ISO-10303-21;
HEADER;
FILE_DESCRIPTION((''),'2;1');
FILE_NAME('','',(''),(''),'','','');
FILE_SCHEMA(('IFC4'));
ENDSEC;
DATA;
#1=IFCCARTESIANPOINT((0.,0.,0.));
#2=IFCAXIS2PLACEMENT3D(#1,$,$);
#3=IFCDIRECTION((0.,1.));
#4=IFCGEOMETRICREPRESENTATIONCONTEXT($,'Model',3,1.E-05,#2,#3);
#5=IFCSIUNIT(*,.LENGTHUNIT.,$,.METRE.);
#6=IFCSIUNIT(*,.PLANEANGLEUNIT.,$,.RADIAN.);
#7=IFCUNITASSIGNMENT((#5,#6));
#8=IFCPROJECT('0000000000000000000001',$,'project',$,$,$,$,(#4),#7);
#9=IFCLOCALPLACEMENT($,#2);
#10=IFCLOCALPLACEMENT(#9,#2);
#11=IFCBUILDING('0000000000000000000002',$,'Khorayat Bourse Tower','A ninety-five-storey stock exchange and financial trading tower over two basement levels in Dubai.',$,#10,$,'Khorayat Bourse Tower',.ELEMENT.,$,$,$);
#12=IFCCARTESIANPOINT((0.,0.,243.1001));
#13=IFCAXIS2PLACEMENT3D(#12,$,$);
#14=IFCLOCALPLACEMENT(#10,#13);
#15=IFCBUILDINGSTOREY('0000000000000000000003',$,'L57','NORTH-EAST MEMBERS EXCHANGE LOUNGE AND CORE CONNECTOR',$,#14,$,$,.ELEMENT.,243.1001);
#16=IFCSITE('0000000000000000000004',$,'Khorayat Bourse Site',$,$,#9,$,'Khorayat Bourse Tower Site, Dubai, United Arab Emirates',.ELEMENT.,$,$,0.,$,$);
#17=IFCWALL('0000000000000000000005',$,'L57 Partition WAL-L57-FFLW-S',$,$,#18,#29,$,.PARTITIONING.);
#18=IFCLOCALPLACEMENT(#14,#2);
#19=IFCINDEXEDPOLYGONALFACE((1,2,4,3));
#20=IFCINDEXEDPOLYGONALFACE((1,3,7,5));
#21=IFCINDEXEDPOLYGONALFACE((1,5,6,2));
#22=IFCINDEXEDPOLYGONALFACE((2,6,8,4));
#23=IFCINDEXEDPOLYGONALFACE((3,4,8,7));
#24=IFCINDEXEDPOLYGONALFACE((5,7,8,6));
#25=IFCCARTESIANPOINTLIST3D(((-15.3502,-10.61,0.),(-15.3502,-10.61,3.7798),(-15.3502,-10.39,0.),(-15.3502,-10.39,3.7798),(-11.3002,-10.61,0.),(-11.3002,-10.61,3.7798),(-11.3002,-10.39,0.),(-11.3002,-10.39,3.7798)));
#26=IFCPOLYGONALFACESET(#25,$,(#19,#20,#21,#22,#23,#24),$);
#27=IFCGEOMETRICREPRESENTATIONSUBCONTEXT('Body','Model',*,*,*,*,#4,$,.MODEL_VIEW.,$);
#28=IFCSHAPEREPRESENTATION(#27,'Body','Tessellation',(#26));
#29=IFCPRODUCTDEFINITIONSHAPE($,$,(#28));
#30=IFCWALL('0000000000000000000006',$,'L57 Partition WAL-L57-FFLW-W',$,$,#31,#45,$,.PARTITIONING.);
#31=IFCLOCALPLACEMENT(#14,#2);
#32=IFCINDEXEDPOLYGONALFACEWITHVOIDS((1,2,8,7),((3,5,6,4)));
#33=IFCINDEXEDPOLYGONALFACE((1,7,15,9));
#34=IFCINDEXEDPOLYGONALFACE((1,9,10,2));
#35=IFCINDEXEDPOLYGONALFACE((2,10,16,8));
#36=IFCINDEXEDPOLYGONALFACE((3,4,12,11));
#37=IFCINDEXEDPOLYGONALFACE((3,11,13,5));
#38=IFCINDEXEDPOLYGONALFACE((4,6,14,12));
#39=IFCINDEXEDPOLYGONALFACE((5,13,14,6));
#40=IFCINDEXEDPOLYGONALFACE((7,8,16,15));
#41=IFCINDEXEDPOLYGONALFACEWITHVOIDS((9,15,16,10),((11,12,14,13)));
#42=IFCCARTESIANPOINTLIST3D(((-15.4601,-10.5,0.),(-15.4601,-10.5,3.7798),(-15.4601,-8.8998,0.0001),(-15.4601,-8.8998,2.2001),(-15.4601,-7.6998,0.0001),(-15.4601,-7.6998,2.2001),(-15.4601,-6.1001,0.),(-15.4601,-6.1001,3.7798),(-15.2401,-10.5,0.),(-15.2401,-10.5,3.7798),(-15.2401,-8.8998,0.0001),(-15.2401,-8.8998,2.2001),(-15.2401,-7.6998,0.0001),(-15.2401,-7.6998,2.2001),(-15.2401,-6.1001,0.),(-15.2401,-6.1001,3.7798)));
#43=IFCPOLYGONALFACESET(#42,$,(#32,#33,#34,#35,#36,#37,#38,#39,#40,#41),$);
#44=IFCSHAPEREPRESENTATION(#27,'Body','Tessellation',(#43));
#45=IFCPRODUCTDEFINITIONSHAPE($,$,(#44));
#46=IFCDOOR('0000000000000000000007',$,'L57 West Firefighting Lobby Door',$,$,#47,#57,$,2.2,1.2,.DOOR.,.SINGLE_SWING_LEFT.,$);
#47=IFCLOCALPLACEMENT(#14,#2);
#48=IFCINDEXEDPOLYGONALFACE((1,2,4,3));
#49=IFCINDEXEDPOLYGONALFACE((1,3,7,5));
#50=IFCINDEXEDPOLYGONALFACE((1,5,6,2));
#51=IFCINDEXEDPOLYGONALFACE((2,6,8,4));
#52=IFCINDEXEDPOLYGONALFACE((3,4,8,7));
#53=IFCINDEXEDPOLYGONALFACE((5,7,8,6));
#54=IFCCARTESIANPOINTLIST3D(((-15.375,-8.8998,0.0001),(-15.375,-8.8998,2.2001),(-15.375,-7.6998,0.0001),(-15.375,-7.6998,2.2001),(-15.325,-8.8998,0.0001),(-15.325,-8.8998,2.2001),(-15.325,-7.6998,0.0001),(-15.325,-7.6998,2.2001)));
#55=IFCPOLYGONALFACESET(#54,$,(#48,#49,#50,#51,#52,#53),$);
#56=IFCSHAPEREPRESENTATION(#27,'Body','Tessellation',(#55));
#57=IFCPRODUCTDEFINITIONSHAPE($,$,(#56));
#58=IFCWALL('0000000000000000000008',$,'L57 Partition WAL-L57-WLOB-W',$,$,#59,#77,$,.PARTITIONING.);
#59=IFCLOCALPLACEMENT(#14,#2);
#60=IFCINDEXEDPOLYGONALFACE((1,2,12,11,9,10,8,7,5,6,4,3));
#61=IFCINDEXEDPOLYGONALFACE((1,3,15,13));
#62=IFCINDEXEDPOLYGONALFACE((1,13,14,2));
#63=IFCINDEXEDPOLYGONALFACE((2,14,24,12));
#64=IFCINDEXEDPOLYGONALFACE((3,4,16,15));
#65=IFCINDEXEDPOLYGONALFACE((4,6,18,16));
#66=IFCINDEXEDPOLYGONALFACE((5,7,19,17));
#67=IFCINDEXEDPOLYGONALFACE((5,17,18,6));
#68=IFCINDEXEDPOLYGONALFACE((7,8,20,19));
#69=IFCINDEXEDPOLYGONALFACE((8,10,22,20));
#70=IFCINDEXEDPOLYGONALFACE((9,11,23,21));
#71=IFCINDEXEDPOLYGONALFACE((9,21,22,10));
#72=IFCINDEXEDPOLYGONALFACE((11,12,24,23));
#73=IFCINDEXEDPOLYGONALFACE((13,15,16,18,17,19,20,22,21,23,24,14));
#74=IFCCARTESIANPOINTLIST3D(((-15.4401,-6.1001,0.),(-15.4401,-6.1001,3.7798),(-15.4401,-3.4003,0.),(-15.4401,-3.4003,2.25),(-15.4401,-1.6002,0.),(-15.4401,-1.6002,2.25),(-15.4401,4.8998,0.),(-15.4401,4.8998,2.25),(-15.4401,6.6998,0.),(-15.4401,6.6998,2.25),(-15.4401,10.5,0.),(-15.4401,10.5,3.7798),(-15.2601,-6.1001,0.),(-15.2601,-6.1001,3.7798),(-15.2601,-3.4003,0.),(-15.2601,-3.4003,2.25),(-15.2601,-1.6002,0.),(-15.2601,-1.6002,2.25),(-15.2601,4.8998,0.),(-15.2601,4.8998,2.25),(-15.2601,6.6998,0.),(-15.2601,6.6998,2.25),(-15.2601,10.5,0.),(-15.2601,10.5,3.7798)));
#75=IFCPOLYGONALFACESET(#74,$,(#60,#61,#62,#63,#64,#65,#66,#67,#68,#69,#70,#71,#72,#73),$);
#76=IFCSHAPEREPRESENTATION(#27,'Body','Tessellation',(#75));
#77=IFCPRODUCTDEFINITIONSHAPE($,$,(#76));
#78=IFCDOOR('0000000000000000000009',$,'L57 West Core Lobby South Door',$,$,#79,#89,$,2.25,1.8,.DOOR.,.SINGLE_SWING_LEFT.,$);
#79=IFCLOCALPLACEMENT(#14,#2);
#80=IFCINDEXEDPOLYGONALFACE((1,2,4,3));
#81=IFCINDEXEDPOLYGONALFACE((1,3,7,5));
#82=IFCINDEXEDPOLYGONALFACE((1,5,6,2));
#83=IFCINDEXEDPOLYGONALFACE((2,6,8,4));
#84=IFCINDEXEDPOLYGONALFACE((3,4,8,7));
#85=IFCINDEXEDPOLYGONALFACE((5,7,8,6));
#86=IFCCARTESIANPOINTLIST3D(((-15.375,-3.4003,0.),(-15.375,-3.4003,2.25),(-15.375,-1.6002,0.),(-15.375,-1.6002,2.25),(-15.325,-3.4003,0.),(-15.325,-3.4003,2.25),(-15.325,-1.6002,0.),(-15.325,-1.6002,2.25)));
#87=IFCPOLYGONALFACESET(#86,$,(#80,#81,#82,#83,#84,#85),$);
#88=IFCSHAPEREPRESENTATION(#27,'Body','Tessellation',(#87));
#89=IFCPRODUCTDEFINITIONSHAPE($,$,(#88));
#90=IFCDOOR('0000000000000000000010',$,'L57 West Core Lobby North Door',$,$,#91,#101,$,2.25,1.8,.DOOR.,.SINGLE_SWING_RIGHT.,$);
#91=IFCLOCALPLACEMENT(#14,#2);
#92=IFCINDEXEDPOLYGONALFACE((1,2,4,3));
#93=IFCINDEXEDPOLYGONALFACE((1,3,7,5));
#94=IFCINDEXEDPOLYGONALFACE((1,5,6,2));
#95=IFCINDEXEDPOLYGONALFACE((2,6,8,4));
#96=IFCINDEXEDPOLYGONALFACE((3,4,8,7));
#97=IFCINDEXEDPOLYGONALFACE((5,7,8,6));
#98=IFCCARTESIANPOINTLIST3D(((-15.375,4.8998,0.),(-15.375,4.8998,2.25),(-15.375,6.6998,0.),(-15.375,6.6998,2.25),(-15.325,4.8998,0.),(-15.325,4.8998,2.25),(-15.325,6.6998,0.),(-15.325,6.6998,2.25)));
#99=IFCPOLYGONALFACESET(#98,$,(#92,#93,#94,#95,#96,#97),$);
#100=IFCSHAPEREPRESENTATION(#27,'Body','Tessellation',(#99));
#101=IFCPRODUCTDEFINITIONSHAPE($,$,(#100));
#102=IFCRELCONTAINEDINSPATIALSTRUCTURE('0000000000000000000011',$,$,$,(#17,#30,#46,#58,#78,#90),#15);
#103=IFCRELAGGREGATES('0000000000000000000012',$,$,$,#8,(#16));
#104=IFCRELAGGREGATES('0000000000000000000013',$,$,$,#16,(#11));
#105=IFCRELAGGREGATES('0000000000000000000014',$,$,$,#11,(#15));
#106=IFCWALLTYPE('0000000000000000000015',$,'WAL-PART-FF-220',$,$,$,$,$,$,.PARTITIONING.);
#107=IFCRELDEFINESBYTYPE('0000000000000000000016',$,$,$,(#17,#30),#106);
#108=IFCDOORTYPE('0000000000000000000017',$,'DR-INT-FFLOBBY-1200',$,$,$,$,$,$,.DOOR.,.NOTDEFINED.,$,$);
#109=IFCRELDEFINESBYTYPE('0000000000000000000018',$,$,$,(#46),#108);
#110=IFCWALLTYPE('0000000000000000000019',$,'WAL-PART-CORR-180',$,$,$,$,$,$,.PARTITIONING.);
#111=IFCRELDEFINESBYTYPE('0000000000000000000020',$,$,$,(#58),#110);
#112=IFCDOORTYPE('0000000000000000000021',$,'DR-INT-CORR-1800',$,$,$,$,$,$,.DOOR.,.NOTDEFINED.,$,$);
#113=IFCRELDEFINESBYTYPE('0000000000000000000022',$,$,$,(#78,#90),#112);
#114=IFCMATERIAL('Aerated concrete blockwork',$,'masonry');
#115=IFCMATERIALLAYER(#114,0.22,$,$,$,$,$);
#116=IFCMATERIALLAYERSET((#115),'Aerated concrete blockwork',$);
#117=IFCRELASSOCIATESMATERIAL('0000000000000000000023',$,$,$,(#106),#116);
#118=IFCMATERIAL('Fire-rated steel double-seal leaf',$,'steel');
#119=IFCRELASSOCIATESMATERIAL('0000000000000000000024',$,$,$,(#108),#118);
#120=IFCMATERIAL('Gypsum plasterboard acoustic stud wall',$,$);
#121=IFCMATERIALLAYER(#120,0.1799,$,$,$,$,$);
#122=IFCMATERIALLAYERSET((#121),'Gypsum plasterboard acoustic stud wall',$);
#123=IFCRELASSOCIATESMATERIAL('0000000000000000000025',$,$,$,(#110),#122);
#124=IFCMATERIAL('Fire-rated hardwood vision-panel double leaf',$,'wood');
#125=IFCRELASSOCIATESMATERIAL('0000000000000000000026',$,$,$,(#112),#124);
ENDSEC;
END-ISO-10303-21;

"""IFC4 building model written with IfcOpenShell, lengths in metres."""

from ifc_helpers import new_model, si_unit, direction, frame, frame_2d, origin, place, context, subcontext, project, spatial, rectangle, extrude, source, transform, mapped, material, layer, layer_set, type_object, element, fill, save


model = new_model("IFC4")

# Units and contexts
model_context = context("Model", 3, precision=1e-05, world=origin(), true_north=direction((0.0, 1.0)))
body_context = subcontext(model_context, "Body", "Model", "MODEL_VIEW")
ifc_project = project(units=[si_unit("LENGTHUNIT", "METRE"), si_unit("PLANEANGLEUNIT", "RADIAN")], contexts=[model_context])

# Site, building, storey
site_placement = place(None, origin())
site = spatial("IfcSite", under=ifc_project, at=site_placement, Name="Khorayat Bourse Site", LongName="Khorayat Bourse Tower Site, Dubai, United Arab Emirates", CompositionType="ELEMENT", RefElevation=0.0)
building_placement = place(site_placement, origin())
building = spatial("IfcBuilding", under=site, at=building_placement, Name="Khorayat Bourse Tower", Description="A ninety-five-storey stock exchange and financial trading tower over two basement levels in Dubai.", LongName="Khorayat Bourse Tower", CompositionType="ELEMENT")
storey_placement = place(building_placement, frame((0.0, 0.0, 243.1001)))
storey = spatial("IfcBuildingStorey", under=building, at=storey_placement, Name="L57", Description="NORTH-EAST MEMBERS EXCHANGE LOUNGE AND CORE CONNECTOR", CompositionType="ELEMENT", Elevation=243.1001)

# Wall
ifc_material_1 = material(Name="Aerated concrete blockwork", Category="masonry")
ifc_layer_1 = layer(ifc_material_1, 0.22)
ifc_layer_set_1 = layer_set([ifc_layer_1], Name="Aerated concrete blockwork")
wall_type_1 = type_object("IfcWallType", Name="WAL-PART-FF-220", PredefinedType="PARTITIONING", material=ifc_layer_set_1)
shared_shape_1 = source(origin(), body_context, "Body", "SweptSolid", [
    extrude(rectangle(XDim=4.05, YDim=0.22, at=frame_2d((2.0249, 0.0))), origin(), (0.0, 0.0, 1.0), 3.7798),
])
wall_1_placement = place(storey_placement, frame((-15.3501, -10.5, 0.0), z_axis=(0.0, 0.0, 1.0), x_axis=(1.0, 0.0, 0.0)))
element("IfcWall", 1, at=wall_1_placement, inside=storey, type_object=wall_type_1, Name="L57 Partition WAL-L57-FFLW-S", PredefinedType="PARTITIONING", context=body_context, shape_type="MappedRepresentation", body=[
    mapped(shared_shape_1, transform((0.0, 0.0, 0.0), scale=1.0)),
])

# Wall, opening, door
shared_shape_2 = source(origin(), body_context, "Body", "SweptSolid", [
    extrude(rectangle(XDim=4.3999, YDim=0.22, at=frame_2d((2.2, 0.0))), origin(), (0.0, 0.0, 1.0), 3.7798),
])
wall_2_placement = place(storey_placement, frame((-15.3501, -10.5, 0.0), z_axis=(0.0, 0.0, 1.0), x_axis=(0.0, 1.0, 0.0)))
wall_2 = element("IfcWall", 2, at=wall_2_placement, inside=storey, type_object=wall_type_1, Name="L57 Partition WAL-L57-FFLW-W", PredefinedType="PARTITIONING", context=body_context, shape_type="MappedRepresentation", body=[
    mapped(shared_shape_2, transform((0.0, 0.0, 0.0), scale=1.0)),
])
shared_shape_3 = source(origin(), body_context, "Body", "SweptSolid", [
    extrude(rectangle(XDim=1.2, YDim=2.2, at=frame_2d((0.6001, 1.1001))), frame((0.0, 0.1199, 0.0), z_axis=(0.0, -1.0, 0.0), x_axis=(1.0, 0.0, 0.0)), (0.0, 0.0, 1.0), 0.24),
])
opening_1_placement = place(wall_2_placement, frame((1.6001, 0.0, 0.0)))
opening_1 = element("IfcOpeningElement", 3, at=opening_1_placement, cuts=wall_2, PredefinedType="OPENING", context=body_context, shape_type="MappedRepresentation", body=[
    mapped(shared_shape_3, transform((0.0, 0.0, 0.0), scale=1.0)),
])
ifc_material_2 = material(Name="Fire-rated steel double-seal leaf", Category="steel")
door_type_1 = type_object("IfcDoorType", Name="DR-INT-FFLOBBY-1200", OperationType="NOTDEFINED", PredefinedType="DOOR", material=ifc_material_2)
shared_shape_4 = source(origin(), body_context, "Body", "SweptSolid", [
    extrude(rectangle(XDim=1.2, YDim=2.2, at=frame_2d((0.6001, 1.1001))), frame((0.0, 0.0249, 0.0), z_axis=(0.0, -1.0, 0.0), x_axis=(1.0, 0.0, 0.0)), (0.0, 0.0, 1.0), 0.05),
])
door_1_placement = place(opening_1_placement, origin())
door_1 = element("IfcDoor", 4, at=door_1_placement, inside=storey, type_object=door_type_1, Name="L57 West Firefighting Lobby Door", OperationType="SINGLE_SWING_LEFT", OverallHeight=2.2, OverallWidth=1.2, PredefinedType="DOOR", context=body_context, shape_type="MappedRepresentation", body=[
    mapped(shared_shape_4, transform((0.0, 0.0, 0.0), scale=1.0)),
])
fill(opening_1, door_1)

# Wall, openings, doors
ifc_material_3 = material(Name="Gypsum plasterboard acoustic stud wall")
ifc_layer_2 = layer(ifc_material_3, 0.1799)
ifc_layer_set_2 = layer_set([ifc_layer_2], Name="Gypsum plasterboard acoustic stud wall")
wall_type_2 = type_object("IfcWallType", Name="WAL-PART-CORR-180", PredefinedType="PARTITIONING", material=ifc_layer_set_2)
shared_shape_5 = source(origin(), body_context, "Body", "SweptSolid", [
    extrude(rectangle(XDim=16.6001, YDim=0.1799, at=frame_2d((8.3, 0.0))), origin(), (0.0, 0.0, 1.0), 3.7798),
])
wall_3_placement = place(storey_placement, frame((-15.3501, -6.1001, 0.0), z_axis=(0.0, 0.0, 1.0), x_axis=(0.0, 1.0, 0.0)))
wall_3 = element("IfcWall", 5, at=wall_3_placement, inside=storey, type_object=wall_type_2, Name="L57 Partition WAL-L57-WLOB-W", PredefinedType="PARTITIONING", context=body_context, shape_type="MappedRepresentation", body=[
    mapped(shared_shape_5, transform((0.0, 0.0, 0.0), scale=1.0)),
])
shared_shape_6 = source(origin(), body_context, "Body", "SweptSolid", [
    extrude(rectangle(XDim=1.8, YDim=2.25, at=frame_2d((0.8999, 1.125))), frame((0.0, 0.0999, 0.0), z_axis=(0.0, -1.0, 0.0), x_axis=(1.0, 0.0, 0.0)), (0.0, 0.0, 1.0), 0.2),
])
opening_2_placement = place(wall_3_placement, frame((2.7, 0.0, 0.0)))
opening_2 = element("IfcOpeningElement", 6, at=opening_2_placement, cuts=wall_3, PredefinedType="OPENING", context=body_context, shape_type="MappedRepresentation", body=[
    mapped(shared_shape_6, transform((0.0, 0.0, 0.0), scale=1.0)),
])
opening_3_placement = place(wall_3_placement, frame((11.0, 0.0, 0.0)))
opening_3 = element("IfcOpeningElement", 7, at=opening_3_placement, cuts=wall_3, PredefinedType="OPENING", context=body_context, shape_type="MappedRepresentation", body=[
    mapped(shared_shape_6, transform((0.0, 0.0, 0.0), scale=1.0)),
])
ifc_material_4 = material(Name="Fire-rated hardwood vision-panel double leaf", Category="wood")
door_type_2 = type_object("IfcDoorType", Name="DR-INT-CORR-1800", OperationType="NOTDEFINED", PredefinedType="DOOR", material=ifc_material_4)
shared_shape_7 = source(origin(), body_context, "Body", "SweptSolid", [
    extrude(rectangle(XDim=1.8, YDim=2.25, at=frame_2d((0.8999, 1.125))), frame((0.0, 0.0249, 0.0), z_axis=(0.0, -1.0, 0.0), x_axis=(1.0, 0.0, 0.0)), (0.0, 0.0, 1.0), 0.05),
])
door_2_placement = place(opening_2_placement, origin())
door_2 = element("IfcDoor", 8, at=door_2_placement, inside=storey, type_object=door_type_2, Name="L57 West Core Lobby South Door", OperationType="SINGLE_SWING_LEFT", OverallHeight=2.25, OverallWidth=1.8, PredefinedType="DOOR", context=body_context, shape_type="MappedRepresentation", body=[
    mapped(shared_shape_7, transform((0.0, 0.0, 0.0), scale=1.0)),
])
fill(opening_2, door_2)
door_3_placement = place(opening_3_placement, origin())
door_3 = element("IfcDoor", 9, at=door_3_placement, inside=storey, type_object=door_type_2, Name="L57 West Core Lobby North Door", OperationType="SINGLE_SWING_RIGHT", OverallHeight=2.25, OverallWidth=1.8, PredefinedType="DOOR", context=body_context, shape_type="MappedRepresentation", body=[
    mapped(shared_shape_7, transform((0.0, 0.0, 0.0), scale=1.0)),
])
fill(opening_3, door_3)

save(model, "model.ifc")
